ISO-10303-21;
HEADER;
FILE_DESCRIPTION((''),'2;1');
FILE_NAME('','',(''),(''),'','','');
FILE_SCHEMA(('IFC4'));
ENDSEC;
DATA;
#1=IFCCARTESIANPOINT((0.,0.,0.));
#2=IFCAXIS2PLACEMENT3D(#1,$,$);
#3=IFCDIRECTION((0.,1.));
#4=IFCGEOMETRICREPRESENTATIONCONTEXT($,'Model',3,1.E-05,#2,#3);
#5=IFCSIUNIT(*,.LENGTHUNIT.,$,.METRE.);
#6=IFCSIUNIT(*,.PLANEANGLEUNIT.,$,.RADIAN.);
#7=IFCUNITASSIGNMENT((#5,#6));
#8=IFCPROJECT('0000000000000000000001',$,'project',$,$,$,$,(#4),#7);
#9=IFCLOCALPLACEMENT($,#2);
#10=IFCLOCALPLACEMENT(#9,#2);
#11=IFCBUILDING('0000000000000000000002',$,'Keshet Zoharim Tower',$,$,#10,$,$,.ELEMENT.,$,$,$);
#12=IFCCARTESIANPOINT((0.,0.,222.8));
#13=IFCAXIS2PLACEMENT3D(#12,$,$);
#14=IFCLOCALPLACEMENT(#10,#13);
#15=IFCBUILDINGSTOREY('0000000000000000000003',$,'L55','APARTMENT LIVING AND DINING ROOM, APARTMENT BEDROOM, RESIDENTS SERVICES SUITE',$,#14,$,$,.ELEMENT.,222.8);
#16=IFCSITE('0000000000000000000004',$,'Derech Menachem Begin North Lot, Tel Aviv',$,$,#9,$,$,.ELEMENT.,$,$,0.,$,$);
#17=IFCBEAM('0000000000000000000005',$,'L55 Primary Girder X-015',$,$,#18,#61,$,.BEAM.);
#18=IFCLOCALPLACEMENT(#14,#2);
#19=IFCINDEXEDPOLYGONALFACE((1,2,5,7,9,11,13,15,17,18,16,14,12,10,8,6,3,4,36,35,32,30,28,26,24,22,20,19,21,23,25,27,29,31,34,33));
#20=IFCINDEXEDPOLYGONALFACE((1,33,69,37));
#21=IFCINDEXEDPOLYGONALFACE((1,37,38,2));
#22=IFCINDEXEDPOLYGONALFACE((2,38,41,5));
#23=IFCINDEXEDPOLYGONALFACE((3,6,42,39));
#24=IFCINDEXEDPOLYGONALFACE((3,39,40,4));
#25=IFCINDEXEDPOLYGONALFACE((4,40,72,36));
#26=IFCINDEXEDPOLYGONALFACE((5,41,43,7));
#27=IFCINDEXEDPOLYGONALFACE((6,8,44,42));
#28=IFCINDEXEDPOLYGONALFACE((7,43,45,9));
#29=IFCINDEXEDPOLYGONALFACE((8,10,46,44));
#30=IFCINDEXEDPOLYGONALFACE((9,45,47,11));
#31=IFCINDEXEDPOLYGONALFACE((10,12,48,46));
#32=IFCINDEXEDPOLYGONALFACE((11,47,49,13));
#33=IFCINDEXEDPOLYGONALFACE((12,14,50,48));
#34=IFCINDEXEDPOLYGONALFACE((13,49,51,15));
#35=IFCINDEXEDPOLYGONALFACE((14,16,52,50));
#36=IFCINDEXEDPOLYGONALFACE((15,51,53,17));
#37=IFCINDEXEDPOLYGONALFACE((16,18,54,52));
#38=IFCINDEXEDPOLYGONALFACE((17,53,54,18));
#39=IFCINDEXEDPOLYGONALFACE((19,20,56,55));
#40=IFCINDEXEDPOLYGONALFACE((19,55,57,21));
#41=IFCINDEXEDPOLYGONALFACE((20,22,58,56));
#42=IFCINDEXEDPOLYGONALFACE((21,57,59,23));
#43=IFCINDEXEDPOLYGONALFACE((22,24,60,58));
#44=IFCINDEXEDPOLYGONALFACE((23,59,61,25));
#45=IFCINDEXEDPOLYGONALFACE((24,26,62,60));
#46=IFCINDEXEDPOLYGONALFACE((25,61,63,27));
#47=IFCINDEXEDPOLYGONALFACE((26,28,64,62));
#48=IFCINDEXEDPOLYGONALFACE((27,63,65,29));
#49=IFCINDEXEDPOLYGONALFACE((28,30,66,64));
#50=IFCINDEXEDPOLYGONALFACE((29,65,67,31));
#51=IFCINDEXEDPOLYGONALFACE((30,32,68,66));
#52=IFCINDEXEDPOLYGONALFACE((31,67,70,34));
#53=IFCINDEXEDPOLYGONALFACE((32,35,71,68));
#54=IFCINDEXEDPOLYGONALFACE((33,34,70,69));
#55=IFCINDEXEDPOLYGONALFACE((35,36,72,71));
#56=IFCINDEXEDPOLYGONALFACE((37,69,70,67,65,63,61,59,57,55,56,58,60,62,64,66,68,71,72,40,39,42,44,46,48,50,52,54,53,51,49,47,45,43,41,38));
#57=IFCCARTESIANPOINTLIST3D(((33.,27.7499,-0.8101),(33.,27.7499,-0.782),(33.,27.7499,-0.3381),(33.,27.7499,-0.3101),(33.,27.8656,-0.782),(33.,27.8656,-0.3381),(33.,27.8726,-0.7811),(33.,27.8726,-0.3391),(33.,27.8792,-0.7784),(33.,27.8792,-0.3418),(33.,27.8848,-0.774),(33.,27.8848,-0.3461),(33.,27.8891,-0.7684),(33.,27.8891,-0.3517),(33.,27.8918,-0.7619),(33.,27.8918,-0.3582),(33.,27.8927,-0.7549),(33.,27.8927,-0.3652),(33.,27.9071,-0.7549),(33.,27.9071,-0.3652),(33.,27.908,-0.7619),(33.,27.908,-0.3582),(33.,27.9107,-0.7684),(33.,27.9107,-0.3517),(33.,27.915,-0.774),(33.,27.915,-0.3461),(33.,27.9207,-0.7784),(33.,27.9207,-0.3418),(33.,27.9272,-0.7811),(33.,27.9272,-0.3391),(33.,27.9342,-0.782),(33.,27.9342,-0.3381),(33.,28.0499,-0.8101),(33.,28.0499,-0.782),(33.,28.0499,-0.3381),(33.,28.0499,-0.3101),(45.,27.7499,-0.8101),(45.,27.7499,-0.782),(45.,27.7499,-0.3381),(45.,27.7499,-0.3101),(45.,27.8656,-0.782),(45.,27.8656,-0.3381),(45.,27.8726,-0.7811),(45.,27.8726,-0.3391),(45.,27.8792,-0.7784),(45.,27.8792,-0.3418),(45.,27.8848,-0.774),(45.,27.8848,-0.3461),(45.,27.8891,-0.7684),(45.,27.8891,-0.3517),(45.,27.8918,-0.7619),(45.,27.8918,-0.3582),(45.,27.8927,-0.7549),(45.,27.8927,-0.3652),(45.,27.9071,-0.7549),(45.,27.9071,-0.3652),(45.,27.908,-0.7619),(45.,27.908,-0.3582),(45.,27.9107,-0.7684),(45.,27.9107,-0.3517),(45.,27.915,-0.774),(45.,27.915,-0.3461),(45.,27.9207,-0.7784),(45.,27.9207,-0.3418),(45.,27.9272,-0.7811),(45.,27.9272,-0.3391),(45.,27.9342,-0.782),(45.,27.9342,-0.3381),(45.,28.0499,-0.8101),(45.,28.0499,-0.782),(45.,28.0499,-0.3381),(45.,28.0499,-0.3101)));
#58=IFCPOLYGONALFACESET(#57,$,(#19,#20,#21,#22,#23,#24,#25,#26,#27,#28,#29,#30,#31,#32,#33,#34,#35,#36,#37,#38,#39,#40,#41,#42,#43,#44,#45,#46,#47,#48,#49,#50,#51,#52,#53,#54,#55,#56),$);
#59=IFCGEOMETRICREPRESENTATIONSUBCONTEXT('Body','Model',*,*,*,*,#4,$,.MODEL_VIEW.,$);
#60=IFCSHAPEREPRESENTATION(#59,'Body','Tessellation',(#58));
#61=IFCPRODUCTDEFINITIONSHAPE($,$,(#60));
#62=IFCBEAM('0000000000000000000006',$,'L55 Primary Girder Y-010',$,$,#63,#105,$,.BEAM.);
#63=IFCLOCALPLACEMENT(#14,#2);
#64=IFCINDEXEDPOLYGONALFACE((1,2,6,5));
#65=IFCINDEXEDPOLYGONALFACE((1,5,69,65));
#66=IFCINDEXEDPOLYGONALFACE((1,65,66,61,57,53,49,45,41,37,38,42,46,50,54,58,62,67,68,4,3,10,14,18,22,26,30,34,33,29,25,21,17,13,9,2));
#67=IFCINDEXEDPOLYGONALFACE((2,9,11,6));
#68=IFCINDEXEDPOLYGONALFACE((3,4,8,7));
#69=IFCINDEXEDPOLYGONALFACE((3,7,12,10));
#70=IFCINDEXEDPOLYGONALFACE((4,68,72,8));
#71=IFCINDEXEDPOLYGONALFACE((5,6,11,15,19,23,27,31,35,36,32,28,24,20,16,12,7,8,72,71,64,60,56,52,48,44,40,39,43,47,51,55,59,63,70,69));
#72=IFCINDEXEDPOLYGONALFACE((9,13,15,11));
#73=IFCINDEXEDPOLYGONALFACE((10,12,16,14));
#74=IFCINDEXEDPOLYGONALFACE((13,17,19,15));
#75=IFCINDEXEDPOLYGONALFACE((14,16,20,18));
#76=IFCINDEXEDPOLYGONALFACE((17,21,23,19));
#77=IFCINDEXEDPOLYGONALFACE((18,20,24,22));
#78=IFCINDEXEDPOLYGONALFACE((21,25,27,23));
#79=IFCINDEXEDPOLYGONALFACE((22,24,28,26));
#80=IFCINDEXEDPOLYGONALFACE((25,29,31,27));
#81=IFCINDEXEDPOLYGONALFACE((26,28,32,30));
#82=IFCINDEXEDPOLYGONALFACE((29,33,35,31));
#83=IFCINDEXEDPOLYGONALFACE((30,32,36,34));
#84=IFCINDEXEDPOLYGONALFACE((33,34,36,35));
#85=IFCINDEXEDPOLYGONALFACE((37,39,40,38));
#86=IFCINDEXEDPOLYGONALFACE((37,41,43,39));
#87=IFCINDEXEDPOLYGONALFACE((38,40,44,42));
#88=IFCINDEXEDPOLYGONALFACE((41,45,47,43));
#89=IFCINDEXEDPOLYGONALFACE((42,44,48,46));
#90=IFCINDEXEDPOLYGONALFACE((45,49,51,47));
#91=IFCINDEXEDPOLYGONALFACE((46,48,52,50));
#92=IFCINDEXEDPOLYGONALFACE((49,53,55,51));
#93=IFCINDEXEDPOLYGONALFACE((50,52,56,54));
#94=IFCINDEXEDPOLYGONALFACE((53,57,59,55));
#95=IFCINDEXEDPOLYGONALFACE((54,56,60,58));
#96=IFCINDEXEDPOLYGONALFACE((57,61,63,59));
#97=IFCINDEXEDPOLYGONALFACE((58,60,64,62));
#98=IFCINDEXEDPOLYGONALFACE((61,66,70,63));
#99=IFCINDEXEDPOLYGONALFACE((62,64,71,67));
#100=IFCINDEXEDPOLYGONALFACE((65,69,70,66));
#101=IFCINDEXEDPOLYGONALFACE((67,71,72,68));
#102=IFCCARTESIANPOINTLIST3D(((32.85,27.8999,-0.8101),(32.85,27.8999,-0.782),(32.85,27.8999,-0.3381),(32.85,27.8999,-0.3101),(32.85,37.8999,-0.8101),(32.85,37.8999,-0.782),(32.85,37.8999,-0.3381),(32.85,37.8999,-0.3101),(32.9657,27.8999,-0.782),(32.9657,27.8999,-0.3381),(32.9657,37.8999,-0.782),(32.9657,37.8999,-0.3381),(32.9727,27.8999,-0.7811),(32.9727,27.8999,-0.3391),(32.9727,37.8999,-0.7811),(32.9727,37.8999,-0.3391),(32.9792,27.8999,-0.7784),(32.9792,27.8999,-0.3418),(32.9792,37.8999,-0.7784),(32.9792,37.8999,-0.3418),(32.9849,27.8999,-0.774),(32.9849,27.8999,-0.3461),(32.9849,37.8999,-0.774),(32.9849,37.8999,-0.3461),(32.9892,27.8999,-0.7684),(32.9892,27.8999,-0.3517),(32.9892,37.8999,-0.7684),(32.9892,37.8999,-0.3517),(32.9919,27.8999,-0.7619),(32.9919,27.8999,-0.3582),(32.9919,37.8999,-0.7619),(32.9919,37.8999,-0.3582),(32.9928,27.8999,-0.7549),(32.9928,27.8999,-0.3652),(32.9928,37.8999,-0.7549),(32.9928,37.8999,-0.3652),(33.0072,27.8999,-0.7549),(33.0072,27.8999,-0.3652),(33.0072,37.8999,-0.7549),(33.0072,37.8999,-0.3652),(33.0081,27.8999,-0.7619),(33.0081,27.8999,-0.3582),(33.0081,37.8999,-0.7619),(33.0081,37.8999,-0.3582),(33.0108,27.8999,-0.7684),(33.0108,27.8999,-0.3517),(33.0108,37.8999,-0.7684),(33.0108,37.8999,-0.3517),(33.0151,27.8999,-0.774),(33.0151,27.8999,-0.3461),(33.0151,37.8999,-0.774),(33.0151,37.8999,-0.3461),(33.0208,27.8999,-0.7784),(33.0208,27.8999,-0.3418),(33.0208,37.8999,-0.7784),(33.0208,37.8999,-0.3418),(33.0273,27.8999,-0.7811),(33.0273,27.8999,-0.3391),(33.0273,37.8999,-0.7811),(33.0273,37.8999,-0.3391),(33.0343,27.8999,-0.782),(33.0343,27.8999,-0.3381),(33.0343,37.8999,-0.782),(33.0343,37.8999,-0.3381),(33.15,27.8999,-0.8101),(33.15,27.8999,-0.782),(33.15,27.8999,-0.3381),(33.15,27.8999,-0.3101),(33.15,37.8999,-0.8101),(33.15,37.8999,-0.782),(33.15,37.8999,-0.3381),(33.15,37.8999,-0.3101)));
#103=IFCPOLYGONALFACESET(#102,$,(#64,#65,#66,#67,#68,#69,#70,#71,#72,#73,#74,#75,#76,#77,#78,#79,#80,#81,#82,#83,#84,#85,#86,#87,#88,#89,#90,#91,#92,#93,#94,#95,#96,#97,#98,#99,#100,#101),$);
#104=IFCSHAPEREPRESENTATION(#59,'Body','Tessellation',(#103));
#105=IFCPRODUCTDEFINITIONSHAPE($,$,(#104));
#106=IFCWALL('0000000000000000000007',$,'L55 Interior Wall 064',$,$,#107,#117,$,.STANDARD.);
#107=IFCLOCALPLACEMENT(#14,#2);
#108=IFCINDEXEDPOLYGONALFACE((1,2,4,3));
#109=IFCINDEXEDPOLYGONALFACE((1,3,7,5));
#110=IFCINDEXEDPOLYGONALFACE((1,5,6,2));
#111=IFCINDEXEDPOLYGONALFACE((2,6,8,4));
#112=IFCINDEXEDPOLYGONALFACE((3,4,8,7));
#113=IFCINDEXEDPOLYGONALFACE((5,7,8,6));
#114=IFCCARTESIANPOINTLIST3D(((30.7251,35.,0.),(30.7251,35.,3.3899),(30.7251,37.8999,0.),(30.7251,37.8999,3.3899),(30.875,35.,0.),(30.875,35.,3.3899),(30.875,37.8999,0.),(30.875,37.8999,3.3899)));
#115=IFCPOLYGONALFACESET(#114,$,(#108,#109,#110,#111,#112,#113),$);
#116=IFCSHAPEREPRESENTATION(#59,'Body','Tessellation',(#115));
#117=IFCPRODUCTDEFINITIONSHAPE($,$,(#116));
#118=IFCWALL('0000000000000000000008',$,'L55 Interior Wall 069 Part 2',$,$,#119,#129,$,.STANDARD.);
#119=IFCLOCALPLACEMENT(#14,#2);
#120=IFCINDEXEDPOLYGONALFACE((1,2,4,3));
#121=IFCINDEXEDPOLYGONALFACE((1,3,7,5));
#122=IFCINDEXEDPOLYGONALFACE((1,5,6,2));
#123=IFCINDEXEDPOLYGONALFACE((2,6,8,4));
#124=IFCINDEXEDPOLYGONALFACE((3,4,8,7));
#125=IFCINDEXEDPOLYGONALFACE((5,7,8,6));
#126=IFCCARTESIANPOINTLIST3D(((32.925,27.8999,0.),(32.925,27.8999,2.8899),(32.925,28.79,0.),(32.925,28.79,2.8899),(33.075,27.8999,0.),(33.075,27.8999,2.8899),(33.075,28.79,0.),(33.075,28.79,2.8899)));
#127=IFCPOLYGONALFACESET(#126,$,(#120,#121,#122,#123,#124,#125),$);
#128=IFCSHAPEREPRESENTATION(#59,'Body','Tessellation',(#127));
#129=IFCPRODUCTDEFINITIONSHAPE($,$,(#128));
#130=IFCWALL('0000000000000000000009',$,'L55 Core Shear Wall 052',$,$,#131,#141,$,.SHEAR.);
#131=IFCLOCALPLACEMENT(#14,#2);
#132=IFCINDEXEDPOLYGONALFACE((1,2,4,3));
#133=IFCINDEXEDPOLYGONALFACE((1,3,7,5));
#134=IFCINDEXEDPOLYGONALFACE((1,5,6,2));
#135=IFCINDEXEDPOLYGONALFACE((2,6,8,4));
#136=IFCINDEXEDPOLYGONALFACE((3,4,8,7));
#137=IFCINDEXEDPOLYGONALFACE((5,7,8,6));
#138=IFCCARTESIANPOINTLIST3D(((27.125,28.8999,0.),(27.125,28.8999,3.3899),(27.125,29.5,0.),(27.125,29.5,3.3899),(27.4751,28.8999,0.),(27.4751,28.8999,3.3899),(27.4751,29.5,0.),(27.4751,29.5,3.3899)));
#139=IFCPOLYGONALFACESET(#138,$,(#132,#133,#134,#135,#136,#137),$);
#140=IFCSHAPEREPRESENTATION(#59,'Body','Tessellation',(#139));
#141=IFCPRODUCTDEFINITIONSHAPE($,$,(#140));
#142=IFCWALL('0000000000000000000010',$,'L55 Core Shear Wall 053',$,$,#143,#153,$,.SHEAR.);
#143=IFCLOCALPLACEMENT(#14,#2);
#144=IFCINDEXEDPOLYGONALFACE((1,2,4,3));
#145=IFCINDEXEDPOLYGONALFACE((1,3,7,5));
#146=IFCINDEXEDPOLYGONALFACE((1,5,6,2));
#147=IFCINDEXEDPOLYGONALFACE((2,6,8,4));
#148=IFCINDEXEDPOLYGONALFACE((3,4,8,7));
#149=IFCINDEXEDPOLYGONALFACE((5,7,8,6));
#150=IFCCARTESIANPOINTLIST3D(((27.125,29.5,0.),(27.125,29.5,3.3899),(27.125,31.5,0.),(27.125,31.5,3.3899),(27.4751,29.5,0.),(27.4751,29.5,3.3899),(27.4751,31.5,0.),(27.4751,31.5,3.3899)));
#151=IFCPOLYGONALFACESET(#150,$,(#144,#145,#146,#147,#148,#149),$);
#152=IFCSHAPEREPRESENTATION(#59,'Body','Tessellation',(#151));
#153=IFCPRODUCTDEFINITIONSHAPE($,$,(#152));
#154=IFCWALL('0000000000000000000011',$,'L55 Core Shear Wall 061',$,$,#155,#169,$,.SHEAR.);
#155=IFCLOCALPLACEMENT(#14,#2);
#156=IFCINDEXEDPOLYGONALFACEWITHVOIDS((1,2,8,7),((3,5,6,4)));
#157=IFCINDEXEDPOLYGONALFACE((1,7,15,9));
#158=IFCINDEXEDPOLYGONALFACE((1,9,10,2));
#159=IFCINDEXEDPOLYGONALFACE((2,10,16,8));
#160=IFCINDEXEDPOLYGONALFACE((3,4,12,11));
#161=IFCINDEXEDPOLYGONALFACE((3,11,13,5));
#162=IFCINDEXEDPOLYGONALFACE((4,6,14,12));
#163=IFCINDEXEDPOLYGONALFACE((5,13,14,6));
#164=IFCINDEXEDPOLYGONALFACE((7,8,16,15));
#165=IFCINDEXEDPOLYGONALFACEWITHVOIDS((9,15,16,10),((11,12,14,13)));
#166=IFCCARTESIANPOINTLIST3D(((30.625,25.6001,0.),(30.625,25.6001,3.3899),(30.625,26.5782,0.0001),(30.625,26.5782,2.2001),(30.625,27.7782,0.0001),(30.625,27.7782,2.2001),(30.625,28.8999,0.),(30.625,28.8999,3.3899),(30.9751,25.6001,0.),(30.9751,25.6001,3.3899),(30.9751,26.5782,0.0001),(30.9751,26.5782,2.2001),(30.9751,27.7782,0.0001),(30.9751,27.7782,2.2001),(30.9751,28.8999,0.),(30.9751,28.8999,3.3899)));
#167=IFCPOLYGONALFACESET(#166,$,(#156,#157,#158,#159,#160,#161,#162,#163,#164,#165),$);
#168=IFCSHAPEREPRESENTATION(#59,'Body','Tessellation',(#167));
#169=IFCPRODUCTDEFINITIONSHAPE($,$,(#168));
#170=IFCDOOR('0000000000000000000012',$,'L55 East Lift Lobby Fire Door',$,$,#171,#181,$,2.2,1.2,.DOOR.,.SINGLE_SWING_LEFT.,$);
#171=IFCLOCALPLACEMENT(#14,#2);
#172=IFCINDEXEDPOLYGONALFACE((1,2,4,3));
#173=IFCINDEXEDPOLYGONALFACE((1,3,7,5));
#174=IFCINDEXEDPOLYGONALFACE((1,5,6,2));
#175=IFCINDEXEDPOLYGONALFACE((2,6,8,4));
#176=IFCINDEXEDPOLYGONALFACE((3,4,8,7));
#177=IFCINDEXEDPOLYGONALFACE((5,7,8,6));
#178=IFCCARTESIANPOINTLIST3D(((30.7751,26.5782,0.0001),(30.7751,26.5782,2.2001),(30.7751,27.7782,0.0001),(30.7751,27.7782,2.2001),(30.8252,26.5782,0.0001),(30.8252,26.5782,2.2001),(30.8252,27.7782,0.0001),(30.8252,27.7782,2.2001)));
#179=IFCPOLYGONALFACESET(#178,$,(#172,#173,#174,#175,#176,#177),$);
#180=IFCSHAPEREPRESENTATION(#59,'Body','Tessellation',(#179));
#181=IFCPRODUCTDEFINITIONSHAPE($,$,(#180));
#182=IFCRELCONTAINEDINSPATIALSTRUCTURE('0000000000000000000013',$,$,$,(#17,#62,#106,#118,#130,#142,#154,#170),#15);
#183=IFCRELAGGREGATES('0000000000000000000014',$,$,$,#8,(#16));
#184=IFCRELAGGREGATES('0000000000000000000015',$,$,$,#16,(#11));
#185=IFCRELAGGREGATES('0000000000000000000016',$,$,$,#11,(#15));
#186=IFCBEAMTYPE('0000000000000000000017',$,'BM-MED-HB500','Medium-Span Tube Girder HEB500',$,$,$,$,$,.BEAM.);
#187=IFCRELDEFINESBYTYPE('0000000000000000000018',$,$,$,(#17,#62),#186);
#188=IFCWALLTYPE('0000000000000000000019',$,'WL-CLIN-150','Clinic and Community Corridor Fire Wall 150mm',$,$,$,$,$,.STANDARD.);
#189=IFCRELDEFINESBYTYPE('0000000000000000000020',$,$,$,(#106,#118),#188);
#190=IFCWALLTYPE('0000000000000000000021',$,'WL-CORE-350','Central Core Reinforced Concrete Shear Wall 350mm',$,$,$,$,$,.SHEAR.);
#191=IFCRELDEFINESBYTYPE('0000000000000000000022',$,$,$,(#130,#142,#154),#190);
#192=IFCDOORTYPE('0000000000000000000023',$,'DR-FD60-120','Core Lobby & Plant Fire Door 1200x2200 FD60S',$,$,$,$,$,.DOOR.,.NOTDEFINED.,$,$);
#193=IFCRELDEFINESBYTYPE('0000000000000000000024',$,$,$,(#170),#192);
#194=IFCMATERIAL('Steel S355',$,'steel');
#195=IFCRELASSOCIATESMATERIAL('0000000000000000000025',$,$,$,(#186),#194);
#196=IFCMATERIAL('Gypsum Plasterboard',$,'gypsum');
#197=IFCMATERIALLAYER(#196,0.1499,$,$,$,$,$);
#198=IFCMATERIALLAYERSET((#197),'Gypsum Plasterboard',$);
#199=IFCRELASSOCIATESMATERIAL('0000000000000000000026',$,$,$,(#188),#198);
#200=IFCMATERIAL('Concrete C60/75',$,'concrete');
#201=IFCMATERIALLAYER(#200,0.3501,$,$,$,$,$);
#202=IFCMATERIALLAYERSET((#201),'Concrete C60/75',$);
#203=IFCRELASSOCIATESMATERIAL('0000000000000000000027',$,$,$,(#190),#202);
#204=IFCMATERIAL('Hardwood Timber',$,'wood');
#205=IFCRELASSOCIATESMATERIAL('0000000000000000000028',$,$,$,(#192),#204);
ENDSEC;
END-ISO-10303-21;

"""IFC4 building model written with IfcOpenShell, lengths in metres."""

from ifc_helpers import new_model, si_unit, direction, frame, frame_2d, origin, origin_2d, place, context, subcontext, project, spatial, rectangle, i_section, extrude, material, layer, layer_set, material_profile, profile_set, type_object, element, fill, save


model = new_model("IFC4")

# Units and contexts
model_context = context("Model", 3, precision=1e-05, world=origin(), true_north=direction((0.0, 1.0)))
body_context = subcontext(model_context, "Body", "Model", "MODEL_VIEW")
ifc_project = project(units=[si_unit("LENGTHUNIT", "METRE"), si_unit("PLANEANGLEUNIT", "RADIAN")], contexts=[model_context])

# Site, building, storey
site_placement = place(None, origin())
site = spatial("IfcSite", under=ifc_project, at=site_placement, Name="Derech Menachem Begin North Lot, Tel Aviv", CompositionType="ELEMENT", RefElevation=0.0)
building_placement = place(site_placement, origin())
building = spatial("IfcBuilding", under=site, at=building_placement, Name="Keshet Zoharim Tower", CompositionType="ELEMENT")
storey_placement = place(building_placement, frame((0.0, 0.0, 222.8)))
storey = spatial("IfcBuildingStorey", under=building, at=storey_placement, Name="L55", Description="APARTMENT LIVING AND DINING ROOM, APARTMENT BEDROOM, RESIDENTS SERVICES SUITE", CompositionType="ELEMENT", Elevation=222.8)

# Beams
ifc_material_1 = material(Name="Steel S355", Category="steel")
ifc_material_profile_1 = material_profile(ifc_material_1, i_section(OverallWidth=0.3, OverallDepth=0.5, WebThickness=0.0144, FlangeThickness=0.0281, FilletRadius=0.0271, at=origin_2d()), Name="HEB500")
ifc_profile_set_1 = profile_set([ifc_material_profile_1], Name="Steel S355")
beam_type_1 = type_object("IfcBeamType", Name="BM-MED-HB500", Description="Medium-Span Tube Girder HEB500", PredefinedType="BEAM", material=ifc_profile_set_1)
beam_1_placement = place(storey_placement, frame((33.0, 27.8999, -0.5601), z_axis=(1.0, 0.0, 0.0), x_axis=(0.0, 1.0, 0.0)))
element("IfcBeam", 1, at=beam_1_placement, inside=storey, type_object=beam_type_1, Name="L55 Primary Girder X-015", PredefinedType="BEAM", context=body_context, shape_type="SweptSolid", body=[
    extrude(i_section(OverallWidth=0.3, OverallDepth=0.5, WebThickness=0.0144, FlangeThickness=0.0281, FilletRadius=0.0271, at=origin_2d()), origin(), (0.0, 0.0, 1.0), 12.0),
])
beam_2_placement = place(storey_placement, frame((33.0, 27.8999, -0.5601), z_axis=(0.0, 1.0, 0.0), x_axis=(-1.0, 0.0, 0.0)))
element("IfcBeam", 2, at=beam_2_placement, inside=storey, type_object=beam_type_1, Name="L55 Primary Girder Y-010", PredefinedType="BEAM", context=body_context, shape_type="SweptSolid", body=[
    extrude(i_section(OverallWidth=0.3, OverallDepth=0.5, WebThickness=0.0144, FlangeThickness=0.0281, FilletRadius=0.0271, at=origin_2d()), origin(), (0.0, 0.0, 1.0), 10.0),
])

# Walls
ifc_material_2 = material(Name="Gypsum Plasterboard", Category="gypsum")
ifc_layer_1 = layer(ifc_material_2, 0.1499)
ifc_layer_set_1 = layer_set([ifc_layer_1], Name="Gypsum Plasterboard")
wall_type_1 = type_object("IfcWallType", Name="WL-CLIN-150", Description="Clinic and Community Corridor Fire Wall 150mm", PredefinedType="STANDARD", material=ifc_layer_set_1)
wall_1_placement = place(storey_placement, frame((30.8, 35.0, 0.0), z_axis=(0.0, 0.0, 1.0), x_axis=(0.0, 1.0, 0.0)))
element("IfcWall", 3, at=wall_1_placement, inside=storey, type_object=wall_type_1, Name="L55 Interior Wall 064", PredefinedType="STANDARD", context=body_context, shape_type="SweptSolid", body=[
    extrude(rectangle(XDim=2.8999, YDim=0.1499, at=frame_2d((1.45, 0.0))), origin(), (0.0, 0.0, 1.0), 3.3899),
])
wall_2_placement = place(storey_placement, frame((33.0, 27.8999, 0.0), z_axis=(0.0, 0.0, 1.0), x_axis=(0.0, 1.0, 0.0)))
element("IfcWall", 4, at=wall_2_placement, inside=storey, type_object=wall_type_1, Name="L55 Interior Wall 069 Part 2", PredefinedType="STANDARD", context=body_context, shape_type="SweptSolid", body=[
    extrude(rectangle(XDim=0.8901, YDim=0.1499, at=frame_2d((0.4451, 0.0))), origin(), (0.0, 0.0, 1.0), 2.8899),
])
ifc_material_3 = material(Name="Concrete C60/75", Category="concrete")
ifc_layer_2 = layer(ifc_material_3, 0.3501)
ifc_layer_set_2 = layer_set([ifc_layer_2], Name="Concrete C60/75")
wall_type_2 = type_object("IfcWallType", Name="WL-CORE-350", Description="Central Core Reinforced Concrete Shear Wall 350mm", PredefinedType="SHEAR", material=ifc_layer_set_2)
wall_3_placement = place(storey_placement, frame((27.3, 28.8999, 0.0), z_axis=(0.0, 0.0, 1.0), x_axis=(0.0, 1.0, 0.0)))
element("IfcWall", 5, at=wall_3_placement, inside=storey, type_object=wall_type_2, Name="L55 Core Shear Wall 052", PredefinedType="SHEAR", context=body_context, shape_type="SweptSolid", body=[
    extrude(rectangle(XDim=0.6001, YDim=0.3501, at=frame_2d((0.3, 0.0))), origin(), (0.0, 0.0, 1.0), 3.3899),
])
wall_4_placement = place(storey_placement, frame((27.3, 29.5, 0.0), z_axis=(0.0, 0.0, 1.0), x_axis=(0.0, 1.0, 0.0)))
element("IfcWall", 6, at=wall_4_placement, inside=storey, type_object=wall_type_2, Name="L55 Core Shear Wall 053", PredefinedType="SHEAR", context=body_context, shape_type="SweptSolid", body=[
    extrude(rectangle(XDim=2.0, YDim=0.3501, at=frame_2d((1.0, 0.0))), origin(), (0.0, 0.0, 1.0), 3.3899),
])

# Wall, opening, door
wall_5_placement = place(storey_placement, frame((30.8, 25.6001, 0.0), z_axis=(0.0, 0.0, 1.0), x_axis=(0.0, 1.0, 0.0)))
wall_5 = element("IfcWall", 7, at=wall_5_placement, inside=storey, type_object=wall_type_2, Name="L55 Core Shear Wall 061", PredefinedType="SHEAR", context=body_context, shape_type="SweptSolid", body=[
    extrude(rectangle(XDim=3.2998, YDim=0.3501, at=frame_2d((1.6499, 0.0))), origin(), (0.0, 0.0, 1.0), 3.3899),
])
opening_1_placement = place(wall_5_placement, frame((0.978, 0.0, 0.0)))
opening_1 = element("IfcOpeningElement", 8, at=opening_1_placement, cuts=wall_5, PredefinedType="OPENING", context=body_context, shape_type="SweptSolid", body=[
    extrude(rectangle(XDim=1.2, YDim=2.2, at=frame_2d((0.6001, 1.1001))), frame((0.0, 0.1851, 0.0), z_axis=(0.0, -1.0, 0.0), x_axis=(1.0, 0.0, 0.0)), (0.0, 0.0, 1.0), 0.3701),
])
ifc_material_4 = material(Name="Hardwood Timber", Category="wood")
door_type_1 = type_object("IfcDoorType", Name="DR-FD60-120", Description="Core Lobby & Plant Fire Door 1200x2200 FD60S", OperationType="NOTDEFINED", PredefinedType="DOOR", material=ifc_material_4)
door_1_placement = place(opening_1_placement, origin())
door_1 = element("IfcDoor", 9, at=door_1_placement, inside=storey, type_object=door_type_1, Name="L55 East Lift Lobby Fire Door", OperationType="SINGLE_SWING_LEFT", OverallHeight=2.2, OverallWidth=1.2, PredefinedType="DOOR", context=body_context, shape_type="SweptSolid", body=[
    extrude(rectangle(XDim=1.2, YDim=2.2, at=frame_2d((0.6001, 1.1001))), frame((0.0, 0.0249, 0.0), z_axis=(0.0, -1.0, 0.0), x_axis=(1.0, 0.0, 0.0)), (0.0, 0.0, 1.0), 0.05),
])
fill(opening_1, door_1)

save(model, "model.ifc")
